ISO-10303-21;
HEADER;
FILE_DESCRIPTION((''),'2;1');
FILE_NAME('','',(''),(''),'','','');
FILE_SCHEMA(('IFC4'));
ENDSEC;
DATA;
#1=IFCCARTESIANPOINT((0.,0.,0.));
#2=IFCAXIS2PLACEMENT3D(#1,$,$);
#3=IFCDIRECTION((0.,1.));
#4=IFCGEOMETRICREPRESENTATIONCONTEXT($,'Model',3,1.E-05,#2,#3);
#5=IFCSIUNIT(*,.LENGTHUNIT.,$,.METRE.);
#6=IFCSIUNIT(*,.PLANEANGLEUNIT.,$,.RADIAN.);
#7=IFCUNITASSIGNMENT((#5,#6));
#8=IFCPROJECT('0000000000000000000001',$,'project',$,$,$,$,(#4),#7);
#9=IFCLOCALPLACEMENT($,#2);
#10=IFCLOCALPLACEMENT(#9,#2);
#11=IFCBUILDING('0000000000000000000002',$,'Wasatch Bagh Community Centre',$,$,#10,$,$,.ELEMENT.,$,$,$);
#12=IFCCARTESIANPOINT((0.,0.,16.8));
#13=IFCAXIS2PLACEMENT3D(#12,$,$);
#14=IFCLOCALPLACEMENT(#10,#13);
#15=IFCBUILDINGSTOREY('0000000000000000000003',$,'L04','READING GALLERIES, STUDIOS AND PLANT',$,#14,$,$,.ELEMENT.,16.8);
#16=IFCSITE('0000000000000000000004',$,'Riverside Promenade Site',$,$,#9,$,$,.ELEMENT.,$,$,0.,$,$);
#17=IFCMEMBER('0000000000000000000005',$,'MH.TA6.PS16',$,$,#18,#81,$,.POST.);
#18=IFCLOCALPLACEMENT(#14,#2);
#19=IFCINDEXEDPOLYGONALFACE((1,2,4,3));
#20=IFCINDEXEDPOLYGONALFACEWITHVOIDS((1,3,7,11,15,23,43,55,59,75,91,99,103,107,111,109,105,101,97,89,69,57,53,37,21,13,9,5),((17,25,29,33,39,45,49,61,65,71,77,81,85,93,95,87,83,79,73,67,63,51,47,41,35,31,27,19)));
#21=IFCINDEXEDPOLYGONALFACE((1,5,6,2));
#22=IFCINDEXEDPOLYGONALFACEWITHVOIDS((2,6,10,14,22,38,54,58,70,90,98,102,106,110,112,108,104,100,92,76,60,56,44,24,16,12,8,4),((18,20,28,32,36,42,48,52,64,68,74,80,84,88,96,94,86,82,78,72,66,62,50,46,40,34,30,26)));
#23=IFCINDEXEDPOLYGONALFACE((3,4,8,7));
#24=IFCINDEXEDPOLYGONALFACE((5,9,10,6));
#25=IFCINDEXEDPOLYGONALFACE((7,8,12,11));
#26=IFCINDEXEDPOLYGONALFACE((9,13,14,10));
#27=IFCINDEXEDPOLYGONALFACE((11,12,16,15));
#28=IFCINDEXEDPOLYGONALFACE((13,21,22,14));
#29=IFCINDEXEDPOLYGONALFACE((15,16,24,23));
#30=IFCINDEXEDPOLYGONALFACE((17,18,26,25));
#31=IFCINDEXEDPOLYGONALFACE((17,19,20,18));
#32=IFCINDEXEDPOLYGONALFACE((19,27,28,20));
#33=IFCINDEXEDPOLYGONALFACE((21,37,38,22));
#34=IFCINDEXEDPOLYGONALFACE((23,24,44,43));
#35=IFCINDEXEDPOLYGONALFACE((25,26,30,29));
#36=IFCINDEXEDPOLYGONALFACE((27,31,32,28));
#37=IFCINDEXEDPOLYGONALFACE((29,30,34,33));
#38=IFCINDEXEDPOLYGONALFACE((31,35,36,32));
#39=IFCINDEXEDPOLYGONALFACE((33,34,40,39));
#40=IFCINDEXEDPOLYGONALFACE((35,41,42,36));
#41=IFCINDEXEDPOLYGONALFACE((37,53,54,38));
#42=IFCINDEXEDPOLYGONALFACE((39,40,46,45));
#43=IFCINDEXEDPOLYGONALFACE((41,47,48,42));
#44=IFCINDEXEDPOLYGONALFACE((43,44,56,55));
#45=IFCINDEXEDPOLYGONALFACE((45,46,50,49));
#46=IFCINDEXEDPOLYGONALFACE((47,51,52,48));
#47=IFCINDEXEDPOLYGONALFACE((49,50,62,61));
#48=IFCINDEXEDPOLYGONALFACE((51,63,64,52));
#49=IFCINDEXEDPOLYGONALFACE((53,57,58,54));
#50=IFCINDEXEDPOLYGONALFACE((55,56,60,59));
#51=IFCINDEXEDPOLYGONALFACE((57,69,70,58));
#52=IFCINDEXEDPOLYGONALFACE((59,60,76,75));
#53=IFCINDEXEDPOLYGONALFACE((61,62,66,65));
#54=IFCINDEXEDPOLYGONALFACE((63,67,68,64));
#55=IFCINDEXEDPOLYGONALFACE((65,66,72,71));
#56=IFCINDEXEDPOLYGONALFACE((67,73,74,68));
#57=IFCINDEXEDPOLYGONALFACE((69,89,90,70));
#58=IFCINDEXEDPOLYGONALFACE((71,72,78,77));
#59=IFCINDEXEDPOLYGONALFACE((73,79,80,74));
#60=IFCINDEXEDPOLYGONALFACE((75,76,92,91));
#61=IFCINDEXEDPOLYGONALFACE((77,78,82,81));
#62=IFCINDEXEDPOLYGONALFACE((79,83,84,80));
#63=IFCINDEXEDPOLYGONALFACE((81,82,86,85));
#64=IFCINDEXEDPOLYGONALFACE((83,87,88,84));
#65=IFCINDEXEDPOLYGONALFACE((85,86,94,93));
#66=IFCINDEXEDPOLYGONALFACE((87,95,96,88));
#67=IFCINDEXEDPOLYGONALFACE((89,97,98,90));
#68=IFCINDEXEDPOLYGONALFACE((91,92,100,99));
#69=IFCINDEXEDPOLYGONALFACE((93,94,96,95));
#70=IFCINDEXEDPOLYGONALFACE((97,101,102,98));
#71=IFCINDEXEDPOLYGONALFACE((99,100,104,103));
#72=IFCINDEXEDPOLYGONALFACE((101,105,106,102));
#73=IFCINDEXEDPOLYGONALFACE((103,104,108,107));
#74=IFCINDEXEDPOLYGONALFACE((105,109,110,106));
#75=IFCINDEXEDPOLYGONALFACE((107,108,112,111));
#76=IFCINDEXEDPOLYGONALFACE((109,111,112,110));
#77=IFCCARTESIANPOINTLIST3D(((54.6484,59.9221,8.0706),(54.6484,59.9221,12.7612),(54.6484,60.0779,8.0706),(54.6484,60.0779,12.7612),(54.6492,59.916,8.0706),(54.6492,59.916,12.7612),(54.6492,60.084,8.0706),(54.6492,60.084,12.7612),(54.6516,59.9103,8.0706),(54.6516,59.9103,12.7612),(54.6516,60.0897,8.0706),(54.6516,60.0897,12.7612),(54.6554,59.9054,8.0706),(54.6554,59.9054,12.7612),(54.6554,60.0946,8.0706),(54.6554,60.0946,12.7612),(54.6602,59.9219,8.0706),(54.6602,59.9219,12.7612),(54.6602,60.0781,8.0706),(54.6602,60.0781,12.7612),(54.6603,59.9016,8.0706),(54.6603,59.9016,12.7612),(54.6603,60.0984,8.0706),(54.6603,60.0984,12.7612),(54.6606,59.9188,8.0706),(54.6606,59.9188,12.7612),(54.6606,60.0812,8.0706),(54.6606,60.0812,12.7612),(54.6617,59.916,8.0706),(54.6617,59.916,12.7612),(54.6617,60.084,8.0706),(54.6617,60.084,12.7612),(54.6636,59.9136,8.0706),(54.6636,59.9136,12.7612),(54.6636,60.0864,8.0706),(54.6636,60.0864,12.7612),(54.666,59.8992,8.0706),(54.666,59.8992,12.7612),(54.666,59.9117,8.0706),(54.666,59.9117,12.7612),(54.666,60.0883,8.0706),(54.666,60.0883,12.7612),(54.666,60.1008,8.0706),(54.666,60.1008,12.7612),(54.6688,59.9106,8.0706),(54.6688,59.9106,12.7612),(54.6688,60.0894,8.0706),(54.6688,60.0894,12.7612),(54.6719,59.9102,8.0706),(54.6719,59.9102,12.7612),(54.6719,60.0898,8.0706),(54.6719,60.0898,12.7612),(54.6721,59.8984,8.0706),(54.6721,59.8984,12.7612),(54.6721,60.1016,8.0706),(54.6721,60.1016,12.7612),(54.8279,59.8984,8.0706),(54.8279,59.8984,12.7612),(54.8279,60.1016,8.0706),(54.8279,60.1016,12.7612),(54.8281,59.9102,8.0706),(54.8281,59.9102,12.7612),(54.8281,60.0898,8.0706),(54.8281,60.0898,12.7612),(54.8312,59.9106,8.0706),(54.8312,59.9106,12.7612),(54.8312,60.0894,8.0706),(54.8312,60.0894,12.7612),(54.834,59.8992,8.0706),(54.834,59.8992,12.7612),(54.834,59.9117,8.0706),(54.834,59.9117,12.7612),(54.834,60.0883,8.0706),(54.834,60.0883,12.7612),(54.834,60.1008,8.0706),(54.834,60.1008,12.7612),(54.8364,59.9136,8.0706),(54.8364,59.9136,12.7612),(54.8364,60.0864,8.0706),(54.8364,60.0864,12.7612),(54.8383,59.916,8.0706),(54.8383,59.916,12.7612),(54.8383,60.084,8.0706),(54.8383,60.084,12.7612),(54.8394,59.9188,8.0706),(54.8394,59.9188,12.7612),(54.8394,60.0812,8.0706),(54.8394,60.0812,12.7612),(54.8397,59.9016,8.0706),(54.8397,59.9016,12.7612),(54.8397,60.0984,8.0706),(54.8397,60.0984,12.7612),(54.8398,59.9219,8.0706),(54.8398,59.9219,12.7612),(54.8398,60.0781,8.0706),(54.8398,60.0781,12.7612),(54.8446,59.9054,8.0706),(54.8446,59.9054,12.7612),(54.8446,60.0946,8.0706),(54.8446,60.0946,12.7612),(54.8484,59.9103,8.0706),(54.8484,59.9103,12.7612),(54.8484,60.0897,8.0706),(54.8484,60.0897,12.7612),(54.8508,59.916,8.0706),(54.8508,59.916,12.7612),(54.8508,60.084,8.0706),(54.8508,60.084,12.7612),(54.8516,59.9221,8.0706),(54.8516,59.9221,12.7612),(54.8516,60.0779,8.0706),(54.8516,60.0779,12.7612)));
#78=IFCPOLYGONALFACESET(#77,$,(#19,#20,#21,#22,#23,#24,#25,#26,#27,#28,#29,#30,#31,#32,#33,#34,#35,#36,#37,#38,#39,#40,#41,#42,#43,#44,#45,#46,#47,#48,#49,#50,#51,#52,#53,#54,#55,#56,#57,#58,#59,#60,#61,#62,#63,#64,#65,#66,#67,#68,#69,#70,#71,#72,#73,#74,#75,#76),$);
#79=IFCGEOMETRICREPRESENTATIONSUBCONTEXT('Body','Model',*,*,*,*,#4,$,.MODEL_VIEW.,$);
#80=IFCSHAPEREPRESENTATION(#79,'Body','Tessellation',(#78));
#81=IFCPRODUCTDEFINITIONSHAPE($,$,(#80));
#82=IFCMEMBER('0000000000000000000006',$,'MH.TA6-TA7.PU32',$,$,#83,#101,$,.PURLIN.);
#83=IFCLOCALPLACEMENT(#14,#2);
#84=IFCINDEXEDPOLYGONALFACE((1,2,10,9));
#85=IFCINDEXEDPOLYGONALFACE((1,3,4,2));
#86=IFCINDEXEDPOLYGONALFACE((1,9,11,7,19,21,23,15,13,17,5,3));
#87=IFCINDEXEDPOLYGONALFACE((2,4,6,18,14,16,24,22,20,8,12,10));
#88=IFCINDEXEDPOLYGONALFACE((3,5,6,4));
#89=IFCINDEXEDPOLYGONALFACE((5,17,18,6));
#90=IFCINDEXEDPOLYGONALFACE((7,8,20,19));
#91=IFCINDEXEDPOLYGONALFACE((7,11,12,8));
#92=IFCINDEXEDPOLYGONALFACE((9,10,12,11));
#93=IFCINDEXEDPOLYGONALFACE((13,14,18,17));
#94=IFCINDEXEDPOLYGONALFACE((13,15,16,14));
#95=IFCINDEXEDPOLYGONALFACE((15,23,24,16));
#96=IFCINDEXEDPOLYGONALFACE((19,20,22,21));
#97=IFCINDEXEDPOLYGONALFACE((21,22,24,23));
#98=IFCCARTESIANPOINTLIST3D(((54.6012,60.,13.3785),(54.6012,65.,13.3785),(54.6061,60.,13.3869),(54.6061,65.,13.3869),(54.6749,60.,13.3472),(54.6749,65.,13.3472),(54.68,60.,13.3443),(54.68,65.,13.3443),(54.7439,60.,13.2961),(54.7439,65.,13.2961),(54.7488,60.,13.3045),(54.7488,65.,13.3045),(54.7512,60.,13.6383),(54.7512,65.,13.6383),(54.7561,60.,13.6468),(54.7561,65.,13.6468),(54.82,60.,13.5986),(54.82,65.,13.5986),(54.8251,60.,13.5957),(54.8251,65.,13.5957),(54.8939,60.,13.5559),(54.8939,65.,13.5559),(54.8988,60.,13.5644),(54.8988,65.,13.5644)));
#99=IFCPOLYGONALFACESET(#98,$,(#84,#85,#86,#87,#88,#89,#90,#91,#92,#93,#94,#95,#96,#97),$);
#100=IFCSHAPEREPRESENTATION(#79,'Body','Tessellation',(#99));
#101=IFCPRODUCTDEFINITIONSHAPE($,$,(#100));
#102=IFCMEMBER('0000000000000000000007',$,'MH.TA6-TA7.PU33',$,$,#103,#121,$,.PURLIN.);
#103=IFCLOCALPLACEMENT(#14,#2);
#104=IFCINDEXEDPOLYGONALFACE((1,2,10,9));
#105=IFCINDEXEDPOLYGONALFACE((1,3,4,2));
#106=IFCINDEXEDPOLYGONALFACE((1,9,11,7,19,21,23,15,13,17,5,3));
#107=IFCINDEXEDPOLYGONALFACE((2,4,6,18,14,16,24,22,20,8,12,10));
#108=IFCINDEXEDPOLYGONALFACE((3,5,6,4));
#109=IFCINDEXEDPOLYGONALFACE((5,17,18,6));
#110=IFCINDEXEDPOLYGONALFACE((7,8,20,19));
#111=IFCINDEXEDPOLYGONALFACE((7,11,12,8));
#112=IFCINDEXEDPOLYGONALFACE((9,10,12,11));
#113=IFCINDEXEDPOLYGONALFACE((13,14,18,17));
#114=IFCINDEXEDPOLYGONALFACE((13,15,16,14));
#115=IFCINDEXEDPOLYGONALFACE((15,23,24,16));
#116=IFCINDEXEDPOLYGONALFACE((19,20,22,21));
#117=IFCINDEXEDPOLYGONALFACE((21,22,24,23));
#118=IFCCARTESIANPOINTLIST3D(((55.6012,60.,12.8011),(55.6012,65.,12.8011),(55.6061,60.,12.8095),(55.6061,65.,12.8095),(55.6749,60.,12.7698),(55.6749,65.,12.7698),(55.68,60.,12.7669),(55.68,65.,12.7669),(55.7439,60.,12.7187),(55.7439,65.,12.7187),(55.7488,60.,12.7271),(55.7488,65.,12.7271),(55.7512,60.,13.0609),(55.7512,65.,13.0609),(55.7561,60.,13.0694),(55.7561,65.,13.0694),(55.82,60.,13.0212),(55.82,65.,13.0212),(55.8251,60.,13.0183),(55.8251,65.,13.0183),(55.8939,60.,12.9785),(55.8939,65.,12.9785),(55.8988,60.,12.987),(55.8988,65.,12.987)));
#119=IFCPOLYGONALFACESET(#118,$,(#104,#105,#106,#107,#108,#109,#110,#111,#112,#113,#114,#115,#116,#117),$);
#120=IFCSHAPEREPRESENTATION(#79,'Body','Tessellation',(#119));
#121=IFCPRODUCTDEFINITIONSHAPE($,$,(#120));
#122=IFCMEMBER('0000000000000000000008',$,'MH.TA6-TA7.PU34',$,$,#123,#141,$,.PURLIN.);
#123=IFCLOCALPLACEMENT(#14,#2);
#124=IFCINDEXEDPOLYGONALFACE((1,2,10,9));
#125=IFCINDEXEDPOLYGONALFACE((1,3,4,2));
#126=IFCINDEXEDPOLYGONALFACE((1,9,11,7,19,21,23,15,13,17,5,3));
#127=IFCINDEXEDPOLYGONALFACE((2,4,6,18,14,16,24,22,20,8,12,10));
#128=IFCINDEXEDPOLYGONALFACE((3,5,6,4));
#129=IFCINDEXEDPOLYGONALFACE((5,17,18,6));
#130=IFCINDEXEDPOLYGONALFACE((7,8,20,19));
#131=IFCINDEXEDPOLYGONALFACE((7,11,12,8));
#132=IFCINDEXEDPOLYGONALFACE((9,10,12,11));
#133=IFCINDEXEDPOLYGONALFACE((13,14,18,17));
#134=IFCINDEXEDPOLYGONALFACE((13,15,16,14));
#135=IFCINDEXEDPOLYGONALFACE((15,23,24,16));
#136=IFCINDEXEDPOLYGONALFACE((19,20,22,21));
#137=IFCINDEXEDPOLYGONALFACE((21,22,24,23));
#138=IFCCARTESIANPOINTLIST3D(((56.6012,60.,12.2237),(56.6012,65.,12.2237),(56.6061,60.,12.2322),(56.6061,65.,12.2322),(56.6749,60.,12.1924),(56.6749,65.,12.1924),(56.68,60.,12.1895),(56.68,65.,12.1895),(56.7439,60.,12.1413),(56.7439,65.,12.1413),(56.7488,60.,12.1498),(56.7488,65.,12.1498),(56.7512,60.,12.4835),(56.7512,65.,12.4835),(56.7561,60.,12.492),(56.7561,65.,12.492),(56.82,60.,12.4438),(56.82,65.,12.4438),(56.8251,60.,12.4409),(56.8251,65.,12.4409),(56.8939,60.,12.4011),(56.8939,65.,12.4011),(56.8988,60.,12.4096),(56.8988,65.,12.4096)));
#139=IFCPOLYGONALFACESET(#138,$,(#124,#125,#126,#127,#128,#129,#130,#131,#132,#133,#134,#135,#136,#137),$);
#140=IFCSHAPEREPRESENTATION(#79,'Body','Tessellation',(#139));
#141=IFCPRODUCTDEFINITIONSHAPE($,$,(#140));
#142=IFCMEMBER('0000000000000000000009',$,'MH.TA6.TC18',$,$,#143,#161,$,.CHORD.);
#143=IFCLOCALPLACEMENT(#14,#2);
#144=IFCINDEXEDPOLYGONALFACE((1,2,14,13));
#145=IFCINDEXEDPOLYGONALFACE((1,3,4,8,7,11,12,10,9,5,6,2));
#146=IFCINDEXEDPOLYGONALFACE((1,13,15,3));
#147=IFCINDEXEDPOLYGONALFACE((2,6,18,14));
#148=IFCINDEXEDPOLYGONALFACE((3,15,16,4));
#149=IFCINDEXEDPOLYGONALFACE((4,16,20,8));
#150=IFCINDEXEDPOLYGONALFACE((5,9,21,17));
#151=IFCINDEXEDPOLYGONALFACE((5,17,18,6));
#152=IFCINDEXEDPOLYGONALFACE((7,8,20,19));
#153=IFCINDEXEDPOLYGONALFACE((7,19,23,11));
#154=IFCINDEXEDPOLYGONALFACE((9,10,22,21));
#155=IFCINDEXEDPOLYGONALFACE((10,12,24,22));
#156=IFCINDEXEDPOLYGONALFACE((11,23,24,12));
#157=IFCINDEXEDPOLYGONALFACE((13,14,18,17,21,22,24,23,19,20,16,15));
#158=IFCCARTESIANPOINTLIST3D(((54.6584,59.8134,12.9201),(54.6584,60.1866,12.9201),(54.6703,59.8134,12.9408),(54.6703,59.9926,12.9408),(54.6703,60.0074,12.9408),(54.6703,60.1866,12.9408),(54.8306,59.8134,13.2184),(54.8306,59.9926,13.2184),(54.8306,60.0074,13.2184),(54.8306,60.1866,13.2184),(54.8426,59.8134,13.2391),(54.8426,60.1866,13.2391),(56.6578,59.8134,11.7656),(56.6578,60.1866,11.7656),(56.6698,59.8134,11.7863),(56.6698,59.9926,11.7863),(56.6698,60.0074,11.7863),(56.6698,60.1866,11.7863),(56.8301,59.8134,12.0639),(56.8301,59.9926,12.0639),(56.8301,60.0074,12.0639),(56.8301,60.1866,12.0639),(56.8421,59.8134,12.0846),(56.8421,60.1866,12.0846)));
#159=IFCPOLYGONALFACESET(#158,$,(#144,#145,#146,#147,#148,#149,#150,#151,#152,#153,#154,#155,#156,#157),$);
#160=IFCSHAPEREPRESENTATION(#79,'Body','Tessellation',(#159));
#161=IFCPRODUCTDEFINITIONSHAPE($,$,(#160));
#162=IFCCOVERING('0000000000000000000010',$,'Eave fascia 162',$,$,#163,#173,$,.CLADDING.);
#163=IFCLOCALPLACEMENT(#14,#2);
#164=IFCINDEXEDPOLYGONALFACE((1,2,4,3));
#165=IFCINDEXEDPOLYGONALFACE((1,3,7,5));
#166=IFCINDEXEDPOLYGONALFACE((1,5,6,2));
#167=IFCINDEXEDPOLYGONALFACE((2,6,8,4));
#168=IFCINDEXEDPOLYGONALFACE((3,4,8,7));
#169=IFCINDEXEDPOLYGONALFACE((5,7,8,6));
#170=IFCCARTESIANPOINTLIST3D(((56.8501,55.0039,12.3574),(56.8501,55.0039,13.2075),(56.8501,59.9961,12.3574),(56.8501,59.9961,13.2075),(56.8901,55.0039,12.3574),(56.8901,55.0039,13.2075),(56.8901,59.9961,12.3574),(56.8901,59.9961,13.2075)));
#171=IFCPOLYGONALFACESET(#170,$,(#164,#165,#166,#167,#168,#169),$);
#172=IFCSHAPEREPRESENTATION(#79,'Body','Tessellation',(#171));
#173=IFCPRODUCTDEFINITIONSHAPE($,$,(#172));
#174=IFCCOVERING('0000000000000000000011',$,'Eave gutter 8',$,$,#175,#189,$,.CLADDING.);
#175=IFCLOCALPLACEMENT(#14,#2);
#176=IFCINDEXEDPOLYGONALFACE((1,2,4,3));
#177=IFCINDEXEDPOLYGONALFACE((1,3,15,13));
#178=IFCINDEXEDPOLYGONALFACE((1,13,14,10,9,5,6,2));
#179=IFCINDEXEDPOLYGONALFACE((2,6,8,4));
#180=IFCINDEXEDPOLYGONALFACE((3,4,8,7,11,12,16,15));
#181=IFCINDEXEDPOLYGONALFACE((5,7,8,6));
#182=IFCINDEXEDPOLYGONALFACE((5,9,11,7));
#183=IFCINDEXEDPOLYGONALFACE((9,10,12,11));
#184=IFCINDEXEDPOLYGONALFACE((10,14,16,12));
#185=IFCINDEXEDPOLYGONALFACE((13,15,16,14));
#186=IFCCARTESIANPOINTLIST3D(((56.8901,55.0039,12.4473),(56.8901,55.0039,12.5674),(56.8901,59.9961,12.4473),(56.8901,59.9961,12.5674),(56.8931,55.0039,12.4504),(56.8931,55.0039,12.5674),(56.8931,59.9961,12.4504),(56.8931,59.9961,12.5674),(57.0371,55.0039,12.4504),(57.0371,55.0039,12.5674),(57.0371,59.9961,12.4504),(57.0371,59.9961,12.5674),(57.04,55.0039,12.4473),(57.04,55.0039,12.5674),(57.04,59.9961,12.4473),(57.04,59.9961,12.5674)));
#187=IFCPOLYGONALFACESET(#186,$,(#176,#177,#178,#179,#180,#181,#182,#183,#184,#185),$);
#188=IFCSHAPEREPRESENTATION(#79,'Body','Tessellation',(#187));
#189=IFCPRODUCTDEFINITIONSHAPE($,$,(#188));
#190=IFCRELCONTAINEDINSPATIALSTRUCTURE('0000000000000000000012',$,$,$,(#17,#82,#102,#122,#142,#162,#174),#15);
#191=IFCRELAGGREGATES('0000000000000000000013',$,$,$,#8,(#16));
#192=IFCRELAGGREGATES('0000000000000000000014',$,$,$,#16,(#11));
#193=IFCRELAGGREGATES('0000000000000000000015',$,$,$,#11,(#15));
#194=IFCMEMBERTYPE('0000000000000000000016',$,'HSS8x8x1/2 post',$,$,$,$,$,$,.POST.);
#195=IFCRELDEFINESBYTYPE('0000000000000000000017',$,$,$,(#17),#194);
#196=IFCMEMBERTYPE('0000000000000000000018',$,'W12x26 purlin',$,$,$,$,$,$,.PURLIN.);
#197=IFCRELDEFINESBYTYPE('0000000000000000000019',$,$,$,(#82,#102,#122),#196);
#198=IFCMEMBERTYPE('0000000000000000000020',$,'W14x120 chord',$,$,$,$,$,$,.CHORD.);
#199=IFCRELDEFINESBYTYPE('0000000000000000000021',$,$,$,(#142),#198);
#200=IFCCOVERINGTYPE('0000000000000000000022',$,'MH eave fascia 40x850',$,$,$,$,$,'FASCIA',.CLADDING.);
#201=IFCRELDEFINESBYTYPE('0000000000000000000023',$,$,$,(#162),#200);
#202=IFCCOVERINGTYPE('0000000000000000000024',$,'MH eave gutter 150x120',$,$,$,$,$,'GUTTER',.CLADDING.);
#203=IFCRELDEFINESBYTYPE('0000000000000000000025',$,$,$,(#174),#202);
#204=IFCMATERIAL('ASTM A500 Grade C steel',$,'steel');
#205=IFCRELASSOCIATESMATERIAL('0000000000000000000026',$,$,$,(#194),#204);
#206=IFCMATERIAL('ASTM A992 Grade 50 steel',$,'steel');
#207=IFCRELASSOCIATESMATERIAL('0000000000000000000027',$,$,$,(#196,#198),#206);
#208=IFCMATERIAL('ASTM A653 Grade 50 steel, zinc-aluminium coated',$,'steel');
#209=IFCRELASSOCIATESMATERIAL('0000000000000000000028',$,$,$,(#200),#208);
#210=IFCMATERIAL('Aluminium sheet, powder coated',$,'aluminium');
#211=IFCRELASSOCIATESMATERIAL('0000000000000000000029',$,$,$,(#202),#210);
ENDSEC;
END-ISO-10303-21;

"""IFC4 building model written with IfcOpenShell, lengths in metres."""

from ifc_helpers import new_model, si_unit, direction, frame, origin, origin_2d, place, context, subcontext, project, spatial, polyline, rectangle, hollow_rectangle, i_section, outline, extrude, material, material_profile, profile_set, type_object, element, save


model = new_model("IFC4")

# Units and contexts
model_context = context("Model", 3, precision=1e-05, world=origin(), true_north=direction((0.0, 1.0)))
body_context = subcontext(model_context, "Body", "Model", "MODEL_VIEW")
ifc_project = project(units=[si_unit("LENGTHUNIT", "METRE"), si_unit("PLANEANGLEUNIT", "RADIAN")], contexts=[model_context])

# Site, building, storey
site_placement = place(None, origin())
site = spatial("IfcSite", under=ifc_project, at=site_placement, Name="Riverside Promenade Site", CompositionType="ELEMENT", RefElevation=0.0)
building_placement = place(site_placement, origin())
building = spatial("IfcBuilding", under=site, at=building_placement, Name="Wasatch Bagh Community Centre", CompositionType="ELEMENT")
storey_placement = place(building_placement, frame((0.0, 0.0, 16.8)))
storey = spatial("IfcBuildingStorey", under=building, at=storey_placement, Name="L04", Description="READING GALLERIES, STUDIOS AND PLANT", CompositionType="ELEMENT", Elevation=16.8)

# Members
ifc_material_1 = material(Name="ASTM A500 Grade C steel", Category="steel")
ifc_material_profile_1 = material_profile(ifc_material_1, hollow_rectangle(XDim=0.2031, YDim=0.2031, WallThickness=0.0117, InnerFilletRadius=0.0117, OuterFilletRadius=0.0237, at=origin_2d()), Name="HSS8x8x1/2")
ifc_profile_set_1 = profile_set([ifc_material_profile_1], Name="ASTM A500 Grade C steel")
member_type_1 = type_object("IfcMemberType", Name="HSS8x8x1/2 post", PredefinedType="POST", material=ifc_profile_set_1)
member_1_placement = place(storey_placement, frame((54.75, 60.0, 8.0706), z_axis=(0.0, 0.0, 1.0), x_axis=(1.0, 0.0, 0.0)))
element("IfcMember", 1, at=member_1_placement, inside=storey, type_object=member_type_1, Name="MH.TA6.PS16", PredefinedType="POST", context=body_context, shape_type="SweptSolid", body=[
    extrude(hollow_rectangle(XDim=0.2031, YDim=0.2031, WallThickness=0.0117, InnerFilletRadius=0.0117, OuterFilletRadius=0.0237, at=origin_2d()), origin(), (0.0, 0.0, 1.0), 4.6907),
])
ifc_material_2 = material(Name="ASTM A992 Grade 50 steel", Category="steel")
ifc_material_profile_2 = material_profile(ifc_material_2, i_section(OverallWidth=0.1648, OverallDepth=0.3098, WebThickness=0.0059, FlangeThickness=0.0098, at=origin_2d()), Name="W12x26")
ifc_profile_set_2 = profile_set([ifc_material_profile_2], Name="ASTM A992 Grade 50 steel")
member_type_2 = type_object("IfcMemberType", Name="W12x26 purlin", PredefinedType="PURLIN", material=ifc_profile_set_2)
for number, where, z_axis, x_axis, name in (
    (2, (54.75, 60.0, 13.4714), (0.0, 1.0, 0.0), (-0.866025, 0.0, 0.5), "MH.TA6-TA7.PU32"),
    (3, (55.75, 60.0, 12.894), (0.0, 1.0, 0.0), (-0.866025, 0.0, 0.5), "MH.TA6-TA7.PU33"),
    (4, (56.75, 60.0, 12.3167), (0.0, 1.0, 0.0), (-0.866025, 0.0, 0.5), "MH.TA6-TA7.PU34"),
):
    element("IfcMember", number, at=place(storey_placement, frame(where, z_axis=z_axis, x_axis=x_axis)), inside=storey, type_object=member_type_2, Name=name, PredefinedType="PURLIN", context=body_context, shape_type="SweptSolid", body=[
        extrude(i_section(OverallWidth=0.1648, OverallDepth=0.3098, WebThickness=0.0059, FlangeThickness=0.0098, at=origin_2d()), origin(), (0.0, 0.0, 1.0), 5.0),
    ])
ifc_material_profile_3 = material_profile(ifc_material_2, i_section(OverallWidth=0.3733, OverallDepth=0.3684, WebThickness=0.0149, FlangeThickness=0.0239, at=origin_2d()), Name="W14x120")
ifc_profile_set_3 = profile_set([ifc_material_profile_3], Name="ASTM A992 Grade 50 steel")
member_type_3 = type_object("IfcMemberType", Name="W14x120 chord", PredefinedType="CHORD", material=ifc_profile_set_3)
member_2_placement = place(storey_placement, frame((54.7505, 60.0, 13.0796), z_axis=(0.866002, 0.0, -0.50004), x_axis=(0.0, 1.0, 0.0)))
element("IfcMember", 5, at=member_2_placement, inside=storey, type_object=member_type_3, Name="MH.TA6.TC18", PredefinedType="CHORD", context=body_context, shape_type="SweptSolid", body=[
    extrude(i_section(OverallWidth=0.3733, OverallDepth=0.3684, WebThickness=0.0149, FlangeThickness=0.0239, at=origin_2d()), origin(), (0.0, 0.0, 1.0), 2.3088),
])

# Coverings
ifc_material_3 = material(Name="ASTM A653 Grade 50 steel, zinc-aluminium coated", Category="steel")
ifc_material_profile_4 = material_profile(ifc_material_3, rectangle(XDim=0.04, YDim=0.8501, at=origin_2d()), Name="FASCIA 40x850")
ifc_profile_set_4 = profile_set([ifc_material_profile_4], Name="ASTM A653 Grade 50 steel, zinc-aluminium coated")
covering_type_1 = type_object("IfcCoveringType", Name="MH eave fascia 40x850", ElementType="FASCIA", PredefinedType="CLADDING", material=ifc_profile_set_4)
covering_1_placement = place(storey_placement, frame((56.8701, 59.9961, 12.7825), z_axis=(0.0, -1.0, 0.0), x_axis=(1.0, 0.0, 0.0)))
element("IfcCovering", 6, at=covering_1_placement, inside=storey, type_object=covering_type_1, Name="Eave fascia 162", PredefinedType="CLADDING", context=body_context, shape_type="SweptSolid", body=[
    extrude(rectangle(XDim=0.04, YDim=0.8501, at=origin_2d()), origin(), (0.0, 0.0, 1.0), 4.9922),
])
ifc_material_4 = material(Name="Aluminium sheet, powder coated", Category="aluminium")
ifc_material_profile_5 = material_profile(ifc_material_4, outline(polyline([(-0.075, 0.0), (-0.075, -0.1201), (0.075, -0.1201), (0.075, 0.0), (0.072, 0.0), (0.072, -0.1169), (-0.072, -0.1169), (-0.072, 0.0), (-0.075, 0.0)])), Name="GUTTER 150x120")
ifc_profile_set_5 = profile_set([ifc_material_profile_5], Name="Aluminium sheet, powder coated")
covering_type_2 = type_object("IfcCoveringType", Name="MH eave gutter 150x120", ElementType="GUTTER", PredefinedType="CLADDING", material=ifc_profile_set_5)
covering_2_placement = place(storey_placement, frame((56.9651, 59.9961, 12.5674), z_axis=(0.0, -1.0, 0.0), x_axis=(1.0, 0.0, 0.0)))
element("IfcCovering", 7, at=covering_2_placement, inside=storey, type_object=covering_type_2, Name="Eave gutter 8", PredefinedType="CLADDING", context=body_context, shape_type="SweptSolid", body=[
    extrude(outline(polyline([(-0.075, 0.0), (-0.075, -0.1201), (0.075, -0.1201), (0.075, 0.0), (0.072, 0.0), (0.072, -0.1169), (-0.072, -0.1169), (-0.072, 0.0), (-0.075, 0.0)])), origin(), (0.0, 0.0, 1.0), 4.9922),
])

save(model, "model.ifc")
